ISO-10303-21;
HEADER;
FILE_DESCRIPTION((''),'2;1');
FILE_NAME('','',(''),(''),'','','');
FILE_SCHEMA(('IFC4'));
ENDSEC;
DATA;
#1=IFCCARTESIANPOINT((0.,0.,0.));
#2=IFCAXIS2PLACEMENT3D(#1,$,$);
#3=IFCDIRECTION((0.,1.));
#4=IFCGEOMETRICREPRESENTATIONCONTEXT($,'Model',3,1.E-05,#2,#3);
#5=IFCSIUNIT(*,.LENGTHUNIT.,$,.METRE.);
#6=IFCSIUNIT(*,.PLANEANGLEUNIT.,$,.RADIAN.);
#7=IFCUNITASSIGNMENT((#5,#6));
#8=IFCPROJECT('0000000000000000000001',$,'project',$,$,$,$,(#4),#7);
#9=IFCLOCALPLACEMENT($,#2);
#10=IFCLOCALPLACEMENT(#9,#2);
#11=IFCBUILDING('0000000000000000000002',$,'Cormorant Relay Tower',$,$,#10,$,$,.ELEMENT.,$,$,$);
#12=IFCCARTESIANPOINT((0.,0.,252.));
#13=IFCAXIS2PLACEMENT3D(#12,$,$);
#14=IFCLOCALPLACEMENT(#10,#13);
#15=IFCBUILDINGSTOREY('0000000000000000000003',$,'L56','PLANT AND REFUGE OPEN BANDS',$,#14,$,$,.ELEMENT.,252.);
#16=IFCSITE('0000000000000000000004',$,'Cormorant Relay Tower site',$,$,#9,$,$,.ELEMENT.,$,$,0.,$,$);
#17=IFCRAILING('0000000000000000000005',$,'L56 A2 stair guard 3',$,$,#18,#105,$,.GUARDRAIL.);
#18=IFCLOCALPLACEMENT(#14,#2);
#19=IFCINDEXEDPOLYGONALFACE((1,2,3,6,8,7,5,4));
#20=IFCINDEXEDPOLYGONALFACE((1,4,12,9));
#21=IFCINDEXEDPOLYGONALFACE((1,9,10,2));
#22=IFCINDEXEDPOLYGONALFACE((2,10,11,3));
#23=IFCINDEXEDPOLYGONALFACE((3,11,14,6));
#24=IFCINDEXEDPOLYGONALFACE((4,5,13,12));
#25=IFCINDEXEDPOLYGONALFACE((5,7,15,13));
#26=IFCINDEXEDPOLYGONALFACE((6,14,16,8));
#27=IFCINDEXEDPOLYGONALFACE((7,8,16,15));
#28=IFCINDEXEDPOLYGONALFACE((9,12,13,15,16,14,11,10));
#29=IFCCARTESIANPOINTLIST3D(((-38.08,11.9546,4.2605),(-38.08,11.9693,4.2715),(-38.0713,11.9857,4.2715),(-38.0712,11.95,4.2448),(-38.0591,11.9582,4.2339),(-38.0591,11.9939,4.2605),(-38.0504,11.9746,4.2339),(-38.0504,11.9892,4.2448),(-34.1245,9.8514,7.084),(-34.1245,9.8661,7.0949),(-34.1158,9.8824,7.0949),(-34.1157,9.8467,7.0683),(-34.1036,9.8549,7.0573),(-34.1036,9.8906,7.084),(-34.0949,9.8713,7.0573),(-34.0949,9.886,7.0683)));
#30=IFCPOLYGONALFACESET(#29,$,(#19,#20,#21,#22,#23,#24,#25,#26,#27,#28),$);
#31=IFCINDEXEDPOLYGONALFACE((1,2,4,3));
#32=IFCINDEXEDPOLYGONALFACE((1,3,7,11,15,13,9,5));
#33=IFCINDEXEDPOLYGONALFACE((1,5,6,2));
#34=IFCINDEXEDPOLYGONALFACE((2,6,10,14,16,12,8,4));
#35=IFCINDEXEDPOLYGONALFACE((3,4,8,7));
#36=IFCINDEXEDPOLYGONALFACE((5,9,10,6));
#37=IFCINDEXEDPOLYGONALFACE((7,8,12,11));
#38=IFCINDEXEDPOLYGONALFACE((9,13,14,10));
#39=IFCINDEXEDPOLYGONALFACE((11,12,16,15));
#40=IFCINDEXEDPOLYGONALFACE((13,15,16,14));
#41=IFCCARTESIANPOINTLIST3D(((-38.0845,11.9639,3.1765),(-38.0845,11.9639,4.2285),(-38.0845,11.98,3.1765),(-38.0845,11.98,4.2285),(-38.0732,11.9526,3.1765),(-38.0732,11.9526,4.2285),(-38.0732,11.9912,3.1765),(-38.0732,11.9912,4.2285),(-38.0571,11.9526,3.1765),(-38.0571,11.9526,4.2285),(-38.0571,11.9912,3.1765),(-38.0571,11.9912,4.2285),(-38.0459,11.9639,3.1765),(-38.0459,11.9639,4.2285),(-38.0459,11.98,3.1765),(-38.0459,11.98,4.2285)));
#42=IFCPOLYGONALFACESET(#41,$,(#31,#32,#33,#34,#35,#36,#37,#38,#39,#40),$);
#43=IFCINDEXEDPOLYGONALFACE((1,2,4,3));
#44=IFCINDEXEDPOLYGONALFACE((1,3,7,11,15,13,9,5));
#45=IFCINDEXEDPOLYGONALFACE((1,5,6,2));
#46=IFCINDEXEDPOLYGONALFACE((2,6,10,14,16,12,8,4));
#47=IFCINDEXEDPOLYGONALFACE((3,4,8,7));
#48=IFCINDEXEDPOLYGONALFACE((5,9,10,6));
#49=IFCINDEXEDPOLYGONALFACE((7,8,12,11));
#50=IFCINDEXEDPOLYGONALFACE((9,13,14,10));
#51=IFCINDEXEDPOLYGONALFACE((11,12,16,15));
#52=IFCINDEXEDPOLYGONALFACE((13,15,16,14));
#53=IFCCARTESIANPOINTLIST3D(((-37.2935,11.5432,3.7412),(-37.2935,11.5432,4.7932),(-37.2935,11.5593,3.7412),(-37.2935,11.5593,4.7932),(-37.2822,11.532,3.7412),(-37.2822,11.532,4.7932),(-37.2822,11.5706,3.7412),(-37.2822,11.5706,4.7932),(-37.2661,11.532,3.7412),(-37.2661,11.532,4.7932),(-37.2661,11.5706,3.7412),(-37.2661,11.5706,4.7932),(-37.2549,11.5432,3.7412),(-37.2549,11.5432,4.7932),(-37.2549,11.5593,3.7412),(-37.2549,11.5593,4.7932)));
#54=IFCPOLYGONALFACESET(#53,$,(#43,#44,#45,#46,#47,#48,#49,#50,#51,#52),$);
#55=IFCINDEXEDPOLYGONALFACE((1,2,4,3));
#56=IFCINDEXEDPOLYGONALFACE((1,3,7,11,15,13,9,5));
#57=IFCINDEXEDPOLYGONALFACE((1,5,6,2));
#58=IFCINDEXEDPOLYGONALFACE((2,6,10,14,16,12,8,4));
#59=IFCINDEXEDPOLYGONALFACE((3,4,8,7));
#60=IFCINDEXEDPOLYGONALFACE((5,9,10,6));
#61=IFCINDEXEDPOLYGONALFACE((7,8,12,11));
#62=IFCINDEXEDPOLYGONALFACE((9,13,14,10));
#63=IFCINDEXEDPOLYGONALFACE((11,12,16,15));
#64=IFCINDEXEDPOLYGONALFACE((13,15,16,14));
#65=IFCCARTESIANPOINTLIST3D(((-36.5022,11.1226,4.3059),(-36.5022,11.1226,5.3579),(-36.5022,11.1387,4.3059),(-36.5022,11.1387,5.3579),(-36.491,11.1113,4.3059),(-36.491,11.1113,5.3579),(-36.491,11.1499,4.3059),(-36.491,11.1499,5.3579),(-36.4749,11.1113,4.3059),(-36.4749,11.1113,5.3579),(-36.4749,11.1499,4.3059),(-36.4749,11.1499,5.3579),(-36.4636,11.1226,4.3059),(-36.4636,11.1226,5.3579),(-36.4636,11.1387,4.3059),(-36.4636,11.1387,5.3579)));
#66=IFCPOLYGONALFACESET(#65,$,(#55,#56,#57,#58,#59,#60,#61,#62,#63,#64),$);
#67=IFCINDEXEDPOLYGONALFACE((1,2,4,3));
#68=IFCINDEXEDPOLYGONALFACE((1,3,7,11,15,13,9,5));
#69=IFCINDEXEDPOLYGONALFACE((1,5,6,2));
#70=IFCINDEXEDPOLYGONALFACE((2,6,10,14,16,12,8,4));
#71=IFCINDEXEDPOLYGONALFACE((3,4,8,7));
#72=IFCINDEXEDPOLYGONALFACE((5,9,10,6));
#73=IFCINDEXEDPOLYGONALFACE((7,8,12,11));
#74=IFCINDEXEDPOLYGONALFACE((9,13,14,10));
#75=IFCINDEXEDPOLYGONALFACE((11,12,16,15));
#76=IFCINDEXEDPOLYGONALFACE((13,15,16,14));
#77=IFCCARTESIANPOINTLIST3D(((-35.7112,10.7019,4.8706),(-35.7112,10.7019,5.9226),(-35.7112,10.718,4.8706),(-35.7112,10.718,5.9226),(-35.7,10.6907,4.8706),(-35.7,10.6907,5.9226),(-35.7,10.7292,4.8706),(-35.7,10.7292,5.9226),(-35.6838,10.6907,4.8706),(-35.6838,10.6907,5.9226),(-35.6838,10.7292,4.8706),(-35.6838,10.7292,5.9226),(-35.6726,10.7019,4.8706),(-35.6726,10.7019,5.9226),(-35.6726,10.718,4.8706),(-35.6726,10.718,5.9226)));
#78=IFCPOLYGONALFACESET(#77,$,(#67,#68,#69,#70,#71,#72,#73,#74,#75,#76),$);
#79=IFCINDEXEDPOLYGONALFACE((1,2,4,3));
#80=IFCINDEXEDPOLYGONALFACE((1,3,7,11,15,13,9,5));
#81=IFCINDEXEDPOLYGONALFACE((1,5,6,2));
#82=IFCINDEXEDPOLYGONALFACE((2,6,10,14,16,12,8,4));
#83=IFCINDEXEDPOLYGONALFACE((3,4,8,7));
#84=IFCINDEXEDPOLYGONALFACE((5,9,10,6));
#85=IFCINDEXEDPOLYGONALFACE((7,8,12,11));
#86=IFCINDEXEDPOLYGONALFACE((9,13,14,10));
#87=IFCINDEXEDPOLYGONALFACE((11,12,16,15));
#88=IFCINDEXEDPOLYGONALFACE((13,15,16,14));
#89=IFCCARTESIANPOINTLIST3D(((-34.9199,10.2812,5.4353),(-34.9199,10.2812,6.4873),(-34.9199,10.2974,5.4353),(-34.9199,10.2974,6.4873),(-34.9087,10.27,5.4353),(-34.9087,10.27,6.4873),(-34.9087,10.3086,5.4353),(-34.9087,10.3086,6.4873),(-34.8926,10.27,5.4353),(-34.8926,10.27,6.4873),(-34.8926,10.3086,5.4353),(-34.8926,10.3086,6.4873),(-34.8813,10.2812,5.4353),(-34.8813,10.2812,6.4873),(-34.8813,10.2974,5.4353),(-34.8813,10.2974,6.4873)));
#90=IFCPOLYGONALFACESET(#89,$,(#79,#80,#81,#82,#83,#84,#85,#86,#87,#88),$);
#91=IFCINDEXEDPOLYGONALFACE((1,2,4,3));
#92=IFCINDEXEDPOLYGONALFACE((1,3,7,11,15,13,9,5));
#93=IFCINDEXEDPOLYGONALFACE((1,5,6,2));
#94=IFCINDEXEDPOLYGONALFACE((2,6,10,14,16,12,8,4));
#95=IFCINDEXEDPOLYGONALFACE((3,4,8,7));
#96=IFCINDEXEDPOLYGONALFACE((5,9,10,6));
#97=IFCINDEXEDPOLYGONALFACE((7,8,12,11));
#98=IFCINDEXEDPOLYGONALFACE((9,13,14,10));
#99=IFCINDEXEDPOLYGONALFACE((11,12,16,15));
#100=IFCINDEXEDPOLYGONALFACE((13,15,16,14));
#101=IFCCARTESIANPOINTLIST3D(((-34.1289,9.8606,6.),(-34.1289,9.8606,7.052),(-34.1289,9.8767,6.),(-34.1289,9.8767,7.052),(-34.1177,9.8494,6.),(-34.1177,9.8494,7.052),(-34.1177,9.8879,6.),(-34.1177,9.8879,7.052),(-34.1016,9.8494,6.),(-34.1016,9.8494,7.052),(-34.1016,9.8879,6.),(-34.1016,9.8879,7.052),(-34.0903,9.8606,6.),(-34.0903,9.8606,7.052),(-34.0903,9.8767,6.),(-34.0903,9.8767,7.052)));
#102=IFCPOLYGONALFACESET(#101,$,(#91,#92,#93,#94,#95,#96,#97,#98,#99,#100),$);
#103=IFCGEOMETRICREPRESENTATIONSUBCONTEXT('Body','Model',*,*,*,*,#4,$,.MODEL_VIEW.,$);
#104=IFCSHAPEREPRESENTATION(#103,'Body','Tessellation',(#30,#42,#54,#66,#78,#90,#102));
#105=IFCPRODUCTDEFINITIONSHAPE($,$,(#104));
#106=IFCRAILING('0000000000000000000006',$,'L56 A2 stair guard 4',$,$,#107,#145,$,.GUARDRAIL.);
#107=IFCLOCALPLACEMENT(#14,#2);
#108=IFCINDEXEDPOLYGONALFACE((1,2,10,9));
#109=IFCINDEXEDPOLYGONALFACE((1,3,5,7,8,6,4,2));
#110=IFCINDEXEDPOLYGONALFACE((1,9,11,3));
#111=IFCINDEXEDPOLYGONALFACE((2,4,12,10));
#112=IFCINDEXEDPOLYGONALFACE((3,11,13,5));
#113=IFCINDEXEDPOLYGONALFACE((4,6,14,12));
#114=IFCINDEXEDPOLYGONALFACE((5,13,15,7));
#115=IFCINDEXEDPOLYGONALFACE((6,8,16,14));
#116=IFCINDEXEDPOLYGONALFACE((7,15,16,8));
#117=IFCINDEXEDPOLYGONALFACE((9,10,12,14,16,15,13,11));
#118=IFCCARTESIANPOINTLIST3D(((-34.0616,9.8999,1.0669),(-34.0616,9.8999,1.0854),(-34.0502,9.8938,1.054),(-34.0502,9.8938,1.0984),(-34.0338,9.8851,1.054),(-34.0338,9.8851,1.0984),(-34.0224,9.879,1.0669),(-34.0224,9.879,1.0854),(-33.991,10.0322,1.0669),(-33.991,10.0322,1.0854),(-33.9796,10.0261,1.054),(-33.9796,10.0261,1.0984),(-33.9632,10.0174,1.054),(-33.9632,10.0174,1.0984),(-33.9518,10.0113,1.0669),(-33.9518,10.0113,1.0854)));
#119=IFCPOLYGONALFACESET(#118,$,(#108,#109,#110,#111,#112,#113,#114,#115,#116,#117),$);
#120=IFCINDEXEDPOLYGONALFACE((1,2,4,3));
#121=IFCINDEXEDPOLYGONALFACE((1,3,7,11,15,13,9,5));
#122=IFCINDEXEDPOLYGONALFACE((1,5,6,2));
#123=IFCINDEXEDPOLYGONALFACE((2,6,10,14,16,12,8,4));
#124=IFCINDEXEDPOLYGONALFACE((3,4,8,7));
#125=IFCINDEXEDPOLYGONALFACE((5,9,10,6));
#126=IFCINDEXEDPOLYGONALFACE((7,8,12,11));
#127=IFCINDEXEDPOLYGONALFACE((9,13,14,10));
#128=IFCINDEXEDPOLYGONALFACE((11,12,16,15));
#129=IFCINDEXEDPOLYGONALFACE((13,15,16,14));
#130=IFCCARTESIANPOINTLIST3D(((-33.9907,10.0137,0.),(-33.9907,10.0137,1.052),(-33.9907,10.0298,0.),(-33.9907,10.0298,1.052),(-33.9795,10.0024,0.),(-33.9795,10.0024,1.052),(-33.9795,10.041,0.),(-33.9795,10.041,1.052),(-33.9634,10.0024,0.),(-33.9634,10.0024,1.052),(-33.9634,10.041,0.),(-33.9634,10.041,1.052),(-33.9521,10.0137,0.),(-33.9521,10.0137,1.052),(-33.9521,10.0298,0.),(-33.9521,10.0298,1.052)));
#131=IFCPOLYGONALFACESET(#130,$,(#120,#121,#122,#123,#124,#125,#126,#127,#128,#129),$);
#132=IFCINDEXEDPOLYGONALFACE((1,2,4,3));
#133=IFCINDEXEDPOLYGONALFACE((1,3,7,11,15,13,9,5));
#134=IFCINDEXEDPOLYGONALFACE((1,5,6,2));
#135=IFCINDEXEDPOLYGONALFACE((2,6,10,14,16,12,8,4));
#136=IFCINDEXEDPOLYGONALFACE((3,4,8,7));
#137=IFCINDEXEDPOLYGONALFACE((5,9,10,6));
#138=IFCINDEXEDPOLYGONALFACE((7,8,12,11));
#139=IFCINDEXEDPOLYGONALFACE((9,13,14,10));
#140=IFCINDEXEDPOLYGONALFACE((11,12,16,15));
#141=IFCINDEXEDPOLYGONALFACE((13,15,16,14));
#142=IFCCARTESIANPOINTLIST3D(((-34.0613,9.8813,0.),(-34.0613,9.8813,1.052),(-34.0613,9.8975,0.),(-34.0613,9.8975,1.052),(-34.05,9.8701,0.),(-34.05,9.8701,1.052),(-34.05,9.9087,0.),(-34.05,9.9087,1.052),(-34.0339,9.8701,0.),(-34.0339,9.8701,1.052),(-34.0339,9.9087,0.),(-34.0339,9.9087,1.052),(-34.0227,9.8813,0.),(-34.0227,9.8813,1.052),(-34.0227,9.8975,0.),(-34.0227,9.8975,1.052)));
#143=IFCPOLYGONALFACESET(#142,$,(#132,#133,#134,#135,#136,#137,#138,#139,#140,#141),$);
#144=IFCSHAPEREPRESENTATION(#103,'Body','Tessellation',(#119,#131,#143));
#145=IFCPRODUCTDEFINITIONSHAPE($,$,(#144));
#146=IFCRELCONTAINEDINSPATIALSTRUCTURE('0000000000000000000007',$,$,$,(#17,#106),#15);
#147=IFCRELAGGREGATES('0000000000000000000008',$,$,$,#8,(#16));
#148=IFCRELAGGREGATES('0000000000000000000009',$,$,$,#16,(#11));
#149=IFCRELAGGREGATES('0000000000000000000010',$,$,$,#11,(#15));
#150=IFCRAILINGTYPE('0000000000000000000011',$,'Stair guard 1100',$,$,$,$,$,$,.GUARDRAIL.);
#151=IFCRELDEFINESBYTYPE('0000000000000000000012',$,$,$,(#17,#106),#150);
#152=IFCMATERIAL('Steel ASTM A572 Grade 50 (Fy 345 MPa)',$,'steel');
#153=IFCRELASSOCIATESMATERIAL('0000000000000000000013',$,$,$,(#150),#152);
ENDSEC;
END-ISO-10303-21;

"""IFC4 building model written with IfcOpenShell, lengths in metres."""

from ifc_helpers import new_model, si_unit, direction, frame, origin, place, context, subcontext, project, spatial, polyline, outline, extrude, material, type_object, element, save


model = new_model("IFC4")

# Units and contexts
model_context = context("Model", 3, precision=1e-05, world=origin(), true_north=direction((0.0, 1.0)))
body_context = subcontext(model_context, "Body", "Model", "MODEL_VIEW")
ifc_project = project(units=[si_unit("LENGTHUNIT", "METRE"), si_unit("PLANEANGLEUNIT", "RADIAN")], contexts=[model_context])

# Site, building, storey
site_placement = place(None, origin())
site = spatial("IfcSite", under=ifc_project, at=site_placement, Name="Cormorant Relay Tower site", CompositionType="ELEMENT", RefElevation=0.0)
building_placement = place(site_placement, origin())
building = spatial("IfcBuilding", under=site, at=building_placement, Name="Cormorant Relay Tower", CompositionType="ELEMENT")
storey_placement = place(building_placement, frame((0.0, 0.0, 252.0)))
storey = spatial("IfcBuildingStorey", under=building, at=storey_placement, Name="L56", Description="PLANT AND REFUGE OPEN BANDS", CompositionType="ELEMENT", Elevation=252.0)

# Railings
ifc_material_1 = material(Name="Steel ASTM A572 Grade 50 (Fy 345 MPa)", Category="steel")
railing_type_1 = type_object("IfcRailingType", Name="Stair guard 1100", PredefinedType="GUARDRAIL", material=ifc_material_1)
railing_1_placement = place(storey_placement, frame((-38.0652, 11.9719, 3.1765)))
element("IfcRailing", 1, at=railing_1_placement, inside=storey, type_object=railing_type_1, Name="L56 A2 stair guard 3", PredefinedType="GUARDRAIL", context=body_context, shape_type="SweptSolid", body=[
    extrude(outline(polyline([(0.0222, 0.0093), (0.0093, 0.0222), (-0.0093, 0.0222), (-0.0222, 0.0093), (-0.0222, -0.0093), (-0.0093, -0.0222), (0.0093, -0.0222), (0.0222, -0.0093), (0.0222, 0.0093)])), frame((0.0, 0.0, 1.0762), z_axis=(0.746967, -0.397181, 0.533186), x_axis=(0.469482, 0.882942, 0.0)), (0.0, 0.0, 1.0), 5.2954),
    extrude(outline(polyline([(0.0193, 0.0081), (0.0081, 0.0193), (-0.0081, 0.0193), (-0.0193, 0.0081), (-0.0193, -0.0081), (-0.0081, -0.0193), (0.0081, -0.0193), (0.0193, -0.0081), (0.0193, 0.0081)])), origin(), (0.0, 0.0, 1.0), 1.052),
    extrude(outline(polyline([(0.0193, 0.0081), (0.0081, 0.0193), (-0.0081, 0.0193), (-0.0193, 0.0081), (-0.0193, -0.0081), (-0.0081, -0.0193), (0.0081, -0.0193), (0.0193, -0.0081), (0.0193, 0.0081)])), frame((0.791, -0.4207, 0.5647)), (0.0, 0.0, 1.0), 1.052),
    extrude(outline(polyline([(0.0193, 0.0081), (0.0081, 0.0193), (-0.0081, 0.0193), (-0.0193, 0.0081), (-0.0193, -0.0081), (-0.0081, -0.0193), (0.0081, -0.0193), (0.0193, -0.0081), (0.0193, 0.0081)])), frame((1.5823, -0.8413, 1.1294)), (0.0, 0.0, 1.0), 1.052),
    extrude(outline(polyline([(0.0193, 0.0081), (0.0081, 0.0193), (-0.0081, 0.0193), (-0.0193, 0.0081), (-0.0193, -0.0081), (-0.0081, -0.0193), (0.0081, -0.0193), (0.0193, -0.0081), (0.0193, 0.0081)])), frame((2.3733, -1.262, 1.6941)), (0.0, 0.0, 1.0), 1.052),
    extrude(outline(polyline([(0.0193, 0.0081), (0.0081, 0.0193), (-0.0081, 0.0193), (-0.0193, 0.0081), (-0.0193, -0.0081), (-0.0081, -0.0193), (0.0081, -0.0193), (0.0193, -0.0081), (0.0193, 0.0081)])), frame((3.1646, -1.6826, 2.2588)), (0.0, 0.0, 1.0), 1.052),
    extrude(outline(polyline([(0.0193, 0.0081), (0.0081, 0.0193), (-0.0081, 0.0193), (-0.0193, 0.0081), (-0.0193, -0.0081), (-0.0081, -0.0193), (0.0081, -0.0193), (0.0193, -0.0081), (0.0193, 0.0081)])), frame((3.9556, -2.1033, 2.8235)), (0.0, 0.0, 1.0), 1.052),
])
railing_2_placement = place(storey_placement, frame((-33.9714, 10.0217, 0.0)))
element("IfcRailing", 2, at=railing_2_placement, inside=storey, type_object=railing_type_1, Name="L56 A2 stair guard 4", PredefinedType="GUARDRAIL", context=body_context, shape_type="SweptSolid", body=[
    extrude(outline(polyline([(0.0222, 0.0093), (0.0093, 0.0222), (-0.0093, 0.0222), (-0.0222, 0.0093), (-0.0222, -0.0093), (-0.0093, -0.0222), (0.0093, -0.0222), (0.0222, -0.0093), (0.0222, 0.0093)])), frame((0.0, 0.0, 1.0762), z_axis=(-0.470504, -0.882398, 0.0), x_axis=(0.882398, -0.470504, 0.0)), (0.0, 0.0, 1.0), 0.1499),
    extrude(outline(polyline([(0.0193, 0.0081), (0.0081, 0.0193), (-0.0081, 0.0193), (-0.0193, 0.0081), (-0.0193, -0.0081), (-0.0081, -0.0193), (0.0081, -0.0193), (0.0193, -0.0081), (0.0193, 0.0081)])), origin(), (0.0, 0.0, 1.0), 1.052),
    extrude(outline(polyline([(0.0193, 0.0081), (0.0081, 0.0193), (-0.0081, 0.0193), (-0.0193, 0.0081), (-0.0193, -0.0081), (-0.0081, -0.0193), (0.0081, -0.0193), (0.0193, -0.0081), (0.0193, 0.0081)])), frame((-0.0706, -0.1323, 0.0)), (0.0, 0.0, 1.0), 1.052),
])

save(model, "model.ifc")
